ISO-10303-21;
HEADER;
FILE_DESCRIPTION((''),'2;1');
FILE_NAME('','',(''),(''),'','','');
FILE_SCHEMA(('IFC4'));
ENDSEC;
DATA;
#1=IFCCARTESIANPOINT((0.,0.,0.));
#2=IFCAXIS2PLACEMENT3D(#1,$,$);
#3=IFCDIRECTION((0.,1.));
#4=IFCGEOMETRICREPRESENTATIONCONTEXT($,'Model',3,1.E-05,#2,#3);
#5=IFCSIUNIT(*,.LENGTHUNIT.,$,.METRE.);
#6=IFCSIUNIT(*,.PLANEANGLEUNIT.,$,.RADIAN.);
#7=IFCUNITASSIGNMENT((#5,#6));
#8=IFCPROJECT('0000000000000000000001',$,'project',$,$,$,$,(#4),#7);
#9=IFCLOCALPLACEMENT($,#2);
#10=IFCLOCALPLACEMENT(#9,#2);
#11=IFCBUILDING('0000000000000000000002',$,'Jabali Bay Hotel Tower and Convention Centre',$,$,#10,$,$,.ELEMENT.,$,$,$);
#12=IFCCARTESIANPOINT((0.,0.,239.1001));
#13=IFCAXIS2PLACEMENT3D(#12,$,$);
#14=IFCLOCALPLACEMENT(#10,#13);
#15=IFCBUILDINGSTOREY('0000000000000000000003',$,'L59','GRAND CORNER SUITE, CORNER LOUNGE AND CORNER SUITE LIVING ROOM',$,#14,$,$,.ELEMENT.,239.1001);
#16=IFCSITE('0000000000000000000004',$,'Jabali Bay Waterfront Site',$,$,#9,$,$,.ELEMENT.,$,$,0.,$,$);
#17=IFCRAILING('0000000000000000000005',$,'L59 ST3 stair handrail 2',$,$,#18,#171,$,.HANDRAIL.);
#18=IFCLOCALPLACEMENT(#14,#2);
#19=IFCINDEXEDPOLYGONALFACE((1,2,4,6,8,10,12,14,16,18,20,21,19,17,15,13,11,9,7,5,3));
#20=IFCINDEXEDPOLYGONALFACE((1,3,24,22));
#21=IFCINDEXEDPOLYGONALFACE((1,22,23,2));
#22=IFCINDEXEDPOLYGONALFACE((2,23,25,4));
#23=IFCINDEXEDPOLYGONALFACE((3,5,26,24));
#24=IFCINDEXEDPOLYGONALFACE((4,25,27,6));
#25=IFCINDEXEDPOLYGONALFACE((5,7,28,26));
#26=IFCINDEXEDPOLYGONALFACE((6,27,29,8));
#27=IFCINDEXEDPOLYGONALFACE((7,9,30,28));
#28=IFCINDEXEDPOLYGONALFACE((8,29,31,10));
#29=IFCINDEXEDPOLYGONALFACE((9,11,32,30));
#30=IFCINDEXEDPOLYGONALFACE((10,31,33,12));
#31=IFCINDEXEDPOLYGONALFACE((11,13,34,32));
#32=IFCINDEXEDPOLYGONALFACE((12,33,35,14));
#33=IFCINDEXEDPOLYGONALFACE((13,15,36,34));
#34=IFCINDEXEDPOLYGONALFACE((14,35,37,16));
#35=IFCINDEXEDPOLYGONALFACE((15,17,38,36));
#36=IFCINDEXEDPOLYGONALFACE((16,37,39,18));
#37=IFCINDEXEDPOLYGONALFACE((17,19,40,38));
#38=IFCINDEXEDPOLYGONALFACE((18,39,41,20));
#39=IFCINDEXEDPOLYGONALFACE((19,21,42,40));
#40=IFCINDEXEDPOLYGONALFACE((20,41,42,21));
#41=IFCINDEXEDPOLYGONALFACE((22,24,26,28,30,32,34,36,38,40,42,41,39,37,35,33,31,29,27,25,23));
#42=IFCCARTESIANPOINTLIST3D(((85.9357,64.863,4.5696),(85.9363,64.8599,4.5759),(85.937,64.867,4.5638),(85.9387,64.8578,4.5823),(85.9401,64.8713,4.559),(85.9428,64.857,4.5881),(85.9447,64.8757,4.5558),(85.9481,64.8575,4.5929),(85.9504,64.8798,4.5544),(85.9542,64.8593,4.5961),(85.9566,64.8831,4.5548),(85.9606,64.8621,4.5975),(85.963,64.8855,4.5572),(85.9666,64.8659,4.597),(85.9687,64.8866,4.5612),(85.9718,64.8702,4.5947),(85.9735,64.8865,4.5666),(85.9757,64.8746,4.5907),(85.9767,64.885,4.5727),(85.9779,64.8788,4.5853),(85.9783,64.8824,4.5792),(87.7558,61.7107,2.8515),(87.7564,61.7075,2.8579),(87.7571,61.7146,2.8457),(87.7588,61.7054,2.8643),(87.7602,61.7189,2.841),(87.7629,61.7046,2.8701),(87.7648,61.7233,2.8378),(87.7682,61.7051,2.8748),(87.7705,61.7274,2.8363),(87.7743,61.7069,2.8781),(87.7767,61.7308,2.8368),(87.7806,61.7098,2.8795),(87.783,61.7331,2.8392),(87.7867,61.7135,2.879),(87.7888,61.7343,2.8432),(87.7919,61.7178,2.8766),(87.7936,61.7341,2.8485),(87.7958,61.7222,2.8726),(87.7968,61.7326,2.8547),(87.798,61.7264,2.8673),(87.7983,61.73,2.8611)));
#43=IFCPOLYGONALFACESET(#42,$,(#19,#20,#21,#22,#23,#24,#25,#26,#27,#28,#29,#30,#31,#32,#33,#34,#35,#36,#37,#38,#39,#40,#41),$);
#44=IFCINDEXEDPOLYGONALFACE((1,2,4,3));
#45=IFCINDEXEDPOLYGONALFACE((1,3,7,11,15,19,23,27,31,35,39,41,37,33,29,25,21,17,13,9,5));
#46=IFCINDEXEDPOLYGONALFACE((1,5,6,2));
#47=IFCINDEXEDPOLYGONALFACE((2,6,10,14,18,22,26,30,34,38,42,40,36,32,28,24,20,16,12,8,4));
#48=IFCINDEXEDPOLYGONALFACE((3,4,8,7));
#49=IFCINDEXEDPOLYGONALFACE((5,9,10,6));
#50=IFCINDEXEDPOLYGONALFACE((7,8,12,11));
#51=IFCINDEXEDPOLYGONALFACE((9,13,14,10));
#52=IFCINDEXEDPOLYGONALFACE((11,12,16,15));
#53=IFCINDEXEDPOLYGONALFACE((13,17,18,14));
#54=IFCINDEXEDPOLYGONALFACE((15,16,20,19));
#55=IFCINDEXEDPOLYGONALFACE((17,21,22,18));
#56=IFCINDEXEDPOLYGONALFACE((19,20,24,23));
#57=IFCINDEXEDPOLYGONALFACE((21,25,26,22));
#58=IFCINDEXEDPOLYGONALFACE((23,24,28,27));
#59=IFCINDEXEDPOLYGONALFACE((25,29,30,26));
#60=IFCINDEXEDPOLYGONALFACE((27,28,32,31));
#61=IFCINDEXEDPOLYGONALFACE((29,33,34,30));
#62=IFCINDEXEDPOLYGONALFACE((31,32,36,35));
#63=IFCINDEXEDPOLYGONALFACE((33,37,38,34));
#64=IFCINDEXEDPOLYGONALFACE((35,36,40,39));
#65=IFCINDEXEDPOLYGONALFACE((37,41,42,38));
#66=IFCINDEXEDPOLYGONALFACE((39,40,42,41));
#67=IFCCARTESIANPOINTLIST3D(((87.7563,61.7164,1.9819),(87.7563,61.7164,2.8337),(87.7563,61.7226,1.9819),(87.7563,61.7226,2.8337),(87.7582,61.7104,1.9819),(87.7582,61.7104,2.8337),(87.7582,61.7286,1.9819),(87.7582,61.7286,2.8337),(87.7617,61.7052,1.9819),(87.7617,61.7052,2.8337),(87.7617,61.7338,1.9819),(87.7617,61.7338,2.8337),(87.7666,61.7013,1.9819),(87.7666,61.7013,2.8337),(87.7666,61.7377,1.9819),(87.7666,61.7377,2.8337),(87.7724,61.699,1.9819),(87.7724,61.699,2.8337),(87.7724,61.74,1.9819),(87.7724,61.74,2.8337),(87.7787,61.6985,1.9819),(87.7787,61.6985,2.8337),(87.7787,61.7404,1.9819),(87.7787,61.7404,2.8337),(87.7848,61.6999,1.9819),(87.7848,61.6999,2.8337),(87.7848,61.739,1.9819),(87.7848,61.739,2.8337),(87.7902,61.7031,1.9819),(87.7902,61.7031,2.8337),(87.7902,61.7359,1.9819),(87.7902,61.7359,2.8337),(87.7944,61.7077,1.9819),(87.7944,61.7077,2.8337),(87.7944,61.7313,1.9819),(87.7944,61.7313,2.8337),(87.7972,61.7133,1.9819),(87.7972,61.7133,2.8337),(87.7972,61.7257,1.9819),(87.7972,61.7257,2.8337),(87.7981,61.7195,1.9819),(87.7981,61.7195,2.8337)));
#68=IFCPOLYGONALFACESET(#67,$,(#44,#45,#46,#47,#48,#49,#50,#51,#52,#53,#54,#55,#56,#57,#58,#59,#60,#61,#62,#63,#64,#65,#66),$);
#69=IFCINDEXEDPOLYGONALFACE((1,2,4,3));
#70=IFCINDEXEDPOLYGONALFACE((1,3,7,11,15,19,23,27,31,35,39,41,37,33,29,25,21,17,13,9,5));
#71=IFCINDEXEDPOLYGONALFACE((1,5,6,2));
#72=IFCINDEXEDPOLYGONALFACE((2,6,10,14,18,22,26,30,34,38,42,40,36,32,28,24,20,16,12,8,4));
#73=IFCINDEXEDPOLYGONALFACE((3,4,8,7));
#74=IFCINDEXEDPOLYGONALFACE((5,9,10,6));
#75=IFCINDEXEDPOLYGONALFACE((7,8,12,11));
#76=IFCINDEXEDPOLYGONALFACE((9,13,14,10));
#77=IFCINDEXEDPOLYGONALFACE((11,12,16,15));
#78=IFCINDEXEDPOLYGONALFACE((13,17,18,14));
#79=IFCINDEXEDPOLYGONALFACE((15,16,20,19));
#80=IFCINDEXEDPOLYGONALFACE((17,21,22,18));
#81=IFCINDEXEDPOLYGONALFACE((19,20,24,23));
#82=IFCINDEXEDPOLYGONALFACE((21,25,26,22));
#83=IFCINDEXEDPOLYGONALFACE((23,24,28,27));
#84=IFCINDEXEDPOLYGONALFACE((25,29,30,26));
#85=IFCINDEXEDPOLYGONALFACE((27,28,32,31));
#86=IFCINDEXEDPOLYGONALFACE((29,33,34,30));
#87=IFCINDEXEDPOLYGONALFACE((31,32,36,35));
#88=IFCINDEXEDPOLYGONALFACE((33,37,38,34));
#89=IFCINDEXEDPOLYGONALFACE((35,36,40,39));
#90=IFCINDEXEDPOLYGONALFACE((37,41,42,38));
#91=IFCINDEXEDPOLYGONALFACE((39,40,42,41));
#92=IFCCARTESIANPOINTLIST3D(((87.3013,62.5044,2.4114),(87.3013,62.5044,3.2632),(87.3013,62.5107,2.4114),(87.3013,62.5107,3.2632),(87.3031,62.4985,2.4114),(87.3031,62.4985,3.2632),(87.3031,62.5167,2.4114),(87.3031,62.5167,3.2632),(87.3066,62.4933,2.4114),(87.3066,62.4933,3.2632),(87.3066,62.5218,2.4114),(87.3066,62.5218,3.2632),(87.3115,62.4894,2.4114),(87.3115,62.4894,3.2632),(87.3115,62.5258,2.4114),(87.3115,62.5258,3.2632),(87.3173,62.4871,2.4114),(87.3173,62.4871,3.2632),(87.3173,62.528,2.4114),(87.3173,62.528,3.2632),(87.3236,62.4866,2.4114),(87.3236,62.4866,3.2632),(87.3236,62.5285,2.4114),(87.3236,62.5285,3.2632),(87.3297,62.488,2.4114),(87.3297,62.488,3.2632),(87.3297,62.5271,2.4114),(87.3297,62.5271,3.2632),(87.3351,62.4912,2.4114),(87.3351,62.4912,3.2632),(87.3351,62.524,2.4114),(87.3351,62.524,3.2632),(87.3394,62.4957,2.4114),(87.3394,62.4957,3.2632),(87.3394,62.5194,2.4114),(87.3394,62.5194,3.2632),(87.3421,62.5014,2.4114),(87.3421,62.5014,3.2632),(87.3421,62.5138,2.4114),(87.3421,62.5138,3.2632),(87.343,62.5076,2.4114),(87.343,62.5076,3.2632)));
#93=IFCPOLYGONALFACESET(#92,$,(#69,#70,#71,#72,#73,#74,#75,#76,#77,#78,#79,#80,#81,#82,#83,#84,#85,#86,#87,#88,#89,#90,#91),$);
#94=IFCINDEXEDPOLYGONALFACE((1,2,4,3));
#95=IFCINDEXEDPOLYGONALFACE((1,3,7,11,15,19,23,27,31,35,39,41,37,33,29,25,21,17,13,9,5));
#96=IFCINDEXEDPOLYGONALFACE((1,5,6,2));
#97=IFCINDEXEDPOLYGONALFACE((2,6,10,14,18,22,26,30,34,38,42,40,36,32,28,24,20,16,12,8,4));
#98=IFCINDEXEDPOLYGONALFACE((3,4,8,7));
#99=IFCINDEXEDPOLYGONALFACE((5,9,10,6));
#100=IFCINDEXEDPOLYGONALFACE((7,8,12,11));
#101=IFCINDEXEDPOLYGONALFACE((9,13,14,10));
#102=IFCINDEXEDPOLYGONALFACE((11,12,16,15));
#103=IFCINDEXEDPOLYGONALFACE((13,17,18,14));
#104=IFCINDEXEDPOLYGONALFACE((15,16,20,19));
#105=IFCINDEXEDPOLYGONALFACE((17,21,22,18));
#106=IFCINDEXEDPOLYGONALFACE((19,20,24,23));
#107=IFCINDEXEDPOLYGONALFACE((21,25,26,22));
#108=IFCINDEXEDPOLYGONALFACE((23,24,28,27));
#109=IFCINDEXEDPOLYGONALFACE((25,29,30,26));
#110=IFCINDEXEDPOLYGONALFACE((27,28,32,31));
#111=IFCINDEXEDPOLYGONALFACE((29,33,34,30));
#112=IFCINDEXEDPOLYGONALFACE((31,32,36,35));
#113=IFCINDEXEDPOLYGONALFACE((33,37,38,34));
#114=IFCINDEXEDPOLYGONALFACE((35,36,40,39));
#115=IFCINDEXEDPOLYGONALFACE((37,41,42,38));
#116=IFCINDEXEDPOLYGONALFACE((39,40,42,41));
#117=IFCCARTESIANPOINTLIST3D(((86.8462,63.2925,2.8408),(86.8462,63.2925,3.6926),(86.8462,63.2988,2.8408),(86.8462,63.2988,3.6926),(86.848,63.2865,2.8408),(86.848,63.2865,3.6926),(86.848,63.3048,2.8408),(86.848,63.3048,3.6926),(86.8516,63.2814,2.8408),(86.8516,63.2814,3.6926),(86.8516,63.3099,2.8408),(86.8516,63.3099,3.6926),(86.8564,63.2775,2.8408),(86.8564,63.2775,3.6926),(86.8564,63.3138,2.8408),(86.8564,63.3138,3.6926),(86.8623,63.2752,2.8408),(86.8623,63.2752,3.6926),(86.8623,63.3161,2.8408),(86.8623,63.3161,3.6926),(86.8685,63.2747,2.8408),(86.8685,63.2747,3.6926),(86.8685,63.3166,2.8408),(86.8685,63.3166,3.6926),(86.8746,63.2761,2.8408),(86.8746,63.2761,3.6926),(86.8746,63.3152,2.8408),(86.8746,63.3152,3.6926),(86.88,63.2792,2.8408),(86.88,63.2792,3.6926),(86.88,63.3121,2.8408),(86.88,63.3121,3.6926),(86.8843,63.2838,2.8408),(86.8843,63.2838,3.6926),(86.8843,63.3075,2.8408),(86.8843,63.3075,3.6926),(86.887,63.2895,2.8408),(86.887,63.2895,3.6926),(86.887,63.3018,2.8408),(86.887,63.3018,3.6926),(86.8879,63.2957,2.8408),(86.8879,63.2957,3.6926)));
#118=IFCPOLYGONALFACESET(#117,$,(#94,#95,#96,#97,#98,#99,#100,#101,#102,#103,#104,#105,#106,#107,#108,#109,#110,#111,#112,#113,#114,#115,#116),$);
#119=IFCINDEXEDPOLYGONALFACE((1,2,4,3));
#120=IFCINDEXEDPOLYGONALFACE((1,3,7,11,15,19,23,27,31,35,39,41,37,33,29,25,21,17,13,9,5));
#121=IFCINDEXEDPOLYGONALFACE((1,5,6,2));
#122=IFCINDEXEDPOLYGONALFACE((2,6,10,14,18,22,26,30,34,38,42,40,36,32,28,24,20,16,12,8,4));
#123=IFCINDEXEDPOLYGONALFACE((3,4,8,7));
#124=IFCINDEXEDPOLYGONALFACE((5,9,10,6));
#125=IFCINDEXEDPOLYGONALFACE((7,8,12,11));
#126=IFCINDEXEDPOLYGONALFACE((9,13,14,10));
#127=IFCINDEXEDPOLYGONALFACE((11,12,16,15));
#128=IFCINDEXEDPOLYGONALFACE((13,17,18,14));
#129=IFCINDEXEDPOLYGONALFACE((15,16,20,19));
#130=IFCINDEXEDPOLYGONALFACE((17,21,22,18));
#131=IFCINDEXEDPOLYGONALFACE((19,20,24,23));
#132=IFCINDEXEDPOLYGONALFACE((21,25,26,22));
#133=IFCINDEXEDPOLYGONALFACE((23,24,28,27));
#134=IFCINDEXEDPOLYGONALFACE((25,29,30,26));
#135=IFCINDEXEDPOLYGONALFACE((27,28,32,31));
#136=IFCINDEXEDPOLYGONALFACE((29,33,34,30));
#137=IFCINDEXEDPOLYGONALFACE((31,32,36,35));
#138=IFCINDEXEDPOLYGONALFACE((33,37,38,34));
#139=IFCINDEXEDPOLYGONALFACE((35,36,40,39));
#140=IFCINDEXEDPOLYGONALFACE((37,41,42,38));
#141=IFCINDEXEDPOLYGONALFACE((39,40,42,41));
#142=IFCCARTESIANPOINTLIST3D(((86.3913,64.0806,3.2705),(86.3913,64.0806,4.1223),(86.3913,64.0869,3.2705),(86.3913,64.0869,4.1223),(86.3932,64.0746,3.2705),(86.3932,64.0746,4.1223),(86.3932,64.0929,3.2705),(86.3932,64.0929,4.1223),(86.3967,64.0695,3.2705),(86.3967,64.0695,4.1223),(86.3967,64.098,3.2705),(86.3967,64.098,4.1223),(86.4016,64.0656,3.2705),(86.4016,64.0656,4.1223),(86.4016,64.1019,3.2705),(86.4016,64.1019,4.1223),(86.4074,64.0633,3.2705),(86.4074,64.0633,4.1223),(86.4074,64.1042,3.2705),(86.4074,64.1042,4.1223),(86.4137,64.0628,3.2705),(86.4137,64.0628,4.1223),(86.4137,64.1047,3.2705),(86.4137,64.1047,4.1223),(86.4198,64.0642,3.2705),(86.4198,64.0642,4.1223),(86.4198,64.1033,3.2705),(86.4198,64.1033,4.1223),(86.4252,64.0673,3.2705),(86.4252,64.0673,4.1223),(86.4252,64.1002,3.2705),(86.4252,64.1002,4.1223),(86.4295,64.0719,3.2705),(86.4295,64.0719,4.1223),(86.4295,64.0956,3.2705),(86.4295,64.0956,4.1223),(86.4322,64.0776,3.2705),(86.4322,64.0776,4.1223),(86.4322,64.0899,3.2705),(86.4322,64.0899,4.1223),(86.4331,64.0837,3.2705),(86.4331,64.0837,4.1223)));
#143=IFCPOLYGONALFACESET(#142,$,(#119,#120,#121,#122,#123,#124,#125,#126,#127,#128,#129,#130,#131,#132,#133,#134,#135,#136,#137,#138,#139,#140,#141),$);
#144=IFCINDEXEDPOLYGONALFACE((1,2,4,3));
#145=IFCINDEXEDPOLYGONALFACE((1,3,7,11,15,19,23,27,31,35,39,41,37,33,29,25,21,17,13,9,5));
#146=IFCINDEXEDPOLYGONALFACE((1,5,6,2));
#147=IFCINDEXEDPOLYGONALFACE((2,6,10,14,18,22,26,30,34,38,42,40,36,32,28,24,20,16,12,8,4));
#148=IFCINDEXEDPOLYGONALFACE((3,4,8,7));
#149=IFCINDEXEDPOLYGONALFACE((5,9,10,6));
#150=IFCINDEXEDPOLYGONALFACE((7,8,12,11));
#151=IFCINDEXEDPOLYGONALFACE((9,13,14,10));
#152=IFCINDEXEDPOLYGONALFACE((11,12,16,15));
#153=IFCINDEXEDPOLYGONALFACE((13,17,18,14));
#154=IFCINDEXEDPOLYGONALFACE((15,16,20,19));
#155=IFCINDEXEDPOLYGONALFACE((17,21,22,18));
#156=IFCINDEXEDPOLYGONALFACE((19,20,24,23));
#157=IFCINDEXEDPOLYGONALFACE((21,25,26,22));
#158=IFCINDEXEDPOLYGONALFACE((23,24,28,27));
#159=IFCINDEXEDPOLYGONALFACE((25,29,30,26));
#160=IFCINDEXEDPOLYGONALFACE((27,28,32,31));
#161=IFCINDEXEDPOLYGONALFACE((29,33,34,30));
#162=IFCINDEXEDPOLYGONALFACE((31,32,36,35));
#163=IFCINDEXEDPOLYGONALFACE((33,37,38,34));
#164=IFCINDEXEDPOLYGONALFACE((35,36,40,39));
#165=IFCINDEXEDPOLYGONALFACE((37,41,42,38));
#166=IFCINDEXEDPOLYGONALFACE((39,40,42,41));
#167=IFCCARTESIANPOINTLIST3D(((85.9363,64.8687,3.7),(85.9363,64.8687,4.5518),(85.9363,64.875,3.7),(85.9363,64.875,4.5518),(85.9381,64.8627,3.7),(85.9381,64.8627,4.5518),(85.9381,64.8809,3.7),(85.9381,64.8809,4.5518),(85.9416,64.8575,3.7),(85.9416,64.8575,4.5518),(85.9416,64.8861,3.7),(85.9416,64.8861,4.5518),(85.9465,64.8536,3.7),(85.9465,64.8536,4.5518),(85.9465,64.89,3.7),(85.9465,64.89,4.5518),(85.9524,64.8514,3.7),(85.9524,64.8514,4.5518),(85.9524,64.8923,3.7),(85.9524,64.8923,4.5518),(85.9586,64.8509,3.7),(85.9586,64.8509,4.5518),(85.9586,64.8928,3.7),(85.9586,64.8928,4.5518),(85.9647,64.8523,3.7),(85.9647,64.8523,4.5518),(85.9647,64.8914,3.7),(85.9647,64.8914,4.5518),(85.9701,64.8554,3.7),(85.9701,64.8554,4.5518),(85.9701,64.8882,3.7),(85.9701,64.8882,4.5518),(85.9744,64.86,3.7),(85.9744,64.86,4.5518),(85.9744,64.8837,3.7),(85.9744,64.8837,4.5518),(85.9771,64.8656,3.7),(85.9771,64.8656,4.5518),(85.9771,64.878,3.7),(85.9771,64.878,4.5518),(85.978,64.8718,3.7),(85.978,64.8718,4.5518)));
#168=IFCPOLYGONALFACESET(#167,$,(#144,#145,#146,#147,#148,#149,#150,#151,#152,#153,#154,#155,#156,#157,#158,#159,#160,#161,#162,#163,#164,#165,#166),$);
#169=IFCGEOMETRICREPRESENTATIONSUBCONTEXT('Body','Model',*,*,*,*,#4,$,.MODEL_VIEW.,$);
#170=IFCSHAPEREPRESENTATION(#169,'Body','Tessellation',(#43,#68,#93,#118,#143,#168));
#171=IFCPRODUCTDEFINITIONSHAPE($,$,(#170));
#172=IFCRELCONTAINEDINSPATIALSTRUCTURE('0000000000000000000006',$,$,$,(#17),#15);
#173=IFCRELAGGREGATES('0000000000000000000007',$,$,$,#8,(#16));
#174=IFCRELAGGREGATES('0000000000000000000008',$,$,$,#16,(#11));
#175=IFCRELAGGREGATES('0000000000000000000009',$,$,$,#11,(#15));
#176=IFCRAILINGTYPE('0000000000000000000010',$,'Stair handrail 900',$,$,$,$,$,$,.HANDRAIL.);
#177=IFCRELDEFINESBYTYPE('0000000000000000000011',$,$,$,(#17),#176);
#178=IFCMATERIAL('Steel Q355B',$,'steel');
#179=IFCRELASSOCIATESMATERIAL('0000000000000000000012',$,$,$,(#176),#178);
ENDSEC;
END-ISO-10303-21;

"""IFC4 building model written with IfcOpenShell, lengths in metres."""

from ifc_helpers import new_model, si_unit, direction, frame, origin, origin_2d, place, context, subcontext, project, spatial, circle, extrude, material, type_object, element, save


model = new_model("IFC4")

# Units and contexts
model_context = context("Model", 3, precision=1e-05, world=origin(), true_north=direction((0.0, 1.0)))
body_context = subcontext(model_context, "Body", "Model", "MODEL_VIEW")
ifc_project = project(units=[si_unit("LENGTHUNIT", "METRE"), si_unit("PLANEANGLEUNIT", "RADIAN")], contexts=[model_context])

# Site, building, storey
site_placement = place(None, origin())
site = spatial("IfcSite", under=ifc_project, at=site_placement, Name="Jabali Bay Waterfront Site", CompositionType="ELEMENT", RefElevation=0.0)
building_placement = place(site_placement, origin())
building = spatial("IfcBuilding", under=site, at=building_placement, Name="Jabali Bay Hotel Tower and Convention Centre", CompositionType="ELEMENT")
storey_placement = place(building_placement, frame((0.0, 0.0, 239.1001)))
storey = spatial("IfcBuildingStorey", under=building, at=storey_placement, Name="L59", Description="GRAND CORNER SUITE, CORNER LOUNGE AND CORNER SUITE LIVING ROOM", CompositionType="ELEMENT", Elevation=239.1001)

# Railing
ifc_material_1 = material(Name="Steel Q355B", Category="steel")
railing_type_1 = type_object("IfcRailingType", Name="Stair handrail 900", PredefinedType="HANDRAIL", material=ifc_material_1)
railing_1_placement = place(storey_placement, frame((87.7771, 61.7195, 1.9819)))
element("IfcRailing", 1, at=railing_1_placement, inside=storey, type_object=railing_type_1, Name="L59 ST3 stair handrail 2", PredefinedType="HANDRAIL", context=body_context, shape_type="SweptSolid", body=[
    extrude(circle(Radius=0.0239, at=origin_2d()), frame((0.0, 0.0, 0.876), z_axis=(-0.452179, 0.78317, 0.426825), x_axis=(-0.866018, -0.500013, 0.0)), (0.0, 0.0, 1.0), 4.0251),
    extrude(circle(Radius=0.021, at=origin_2d()), origin(), (0.0, 0.0, 1.0), 0.8518),
    extrude(circle(Radius=0.021, at=origin_2d()), frame((-0.4551, 0.7881, 0.4294)), (0.0, 0.0, 1.0), 0.8518),
    extrude(circle(Radius=0.021, at=origin_2d()), frame((-0.9102, 1.5762, 0.8589)), (0.0, 0.0, 1.0), 0.8518),
    extrude(circle(Radius=0.021, at=origin_2d()), frame((-1.365, 2.3643, 1.2886)), (0.0, 0.0, 1.0), 0.8518),
    extrude(circle(Radius=0.021, at=origin_2d()), frame((-1.8201, 3.1523, 1.718)), (0.0, 0.0, 1.0), 0.8518),
])

save(model, "model.ifc")
